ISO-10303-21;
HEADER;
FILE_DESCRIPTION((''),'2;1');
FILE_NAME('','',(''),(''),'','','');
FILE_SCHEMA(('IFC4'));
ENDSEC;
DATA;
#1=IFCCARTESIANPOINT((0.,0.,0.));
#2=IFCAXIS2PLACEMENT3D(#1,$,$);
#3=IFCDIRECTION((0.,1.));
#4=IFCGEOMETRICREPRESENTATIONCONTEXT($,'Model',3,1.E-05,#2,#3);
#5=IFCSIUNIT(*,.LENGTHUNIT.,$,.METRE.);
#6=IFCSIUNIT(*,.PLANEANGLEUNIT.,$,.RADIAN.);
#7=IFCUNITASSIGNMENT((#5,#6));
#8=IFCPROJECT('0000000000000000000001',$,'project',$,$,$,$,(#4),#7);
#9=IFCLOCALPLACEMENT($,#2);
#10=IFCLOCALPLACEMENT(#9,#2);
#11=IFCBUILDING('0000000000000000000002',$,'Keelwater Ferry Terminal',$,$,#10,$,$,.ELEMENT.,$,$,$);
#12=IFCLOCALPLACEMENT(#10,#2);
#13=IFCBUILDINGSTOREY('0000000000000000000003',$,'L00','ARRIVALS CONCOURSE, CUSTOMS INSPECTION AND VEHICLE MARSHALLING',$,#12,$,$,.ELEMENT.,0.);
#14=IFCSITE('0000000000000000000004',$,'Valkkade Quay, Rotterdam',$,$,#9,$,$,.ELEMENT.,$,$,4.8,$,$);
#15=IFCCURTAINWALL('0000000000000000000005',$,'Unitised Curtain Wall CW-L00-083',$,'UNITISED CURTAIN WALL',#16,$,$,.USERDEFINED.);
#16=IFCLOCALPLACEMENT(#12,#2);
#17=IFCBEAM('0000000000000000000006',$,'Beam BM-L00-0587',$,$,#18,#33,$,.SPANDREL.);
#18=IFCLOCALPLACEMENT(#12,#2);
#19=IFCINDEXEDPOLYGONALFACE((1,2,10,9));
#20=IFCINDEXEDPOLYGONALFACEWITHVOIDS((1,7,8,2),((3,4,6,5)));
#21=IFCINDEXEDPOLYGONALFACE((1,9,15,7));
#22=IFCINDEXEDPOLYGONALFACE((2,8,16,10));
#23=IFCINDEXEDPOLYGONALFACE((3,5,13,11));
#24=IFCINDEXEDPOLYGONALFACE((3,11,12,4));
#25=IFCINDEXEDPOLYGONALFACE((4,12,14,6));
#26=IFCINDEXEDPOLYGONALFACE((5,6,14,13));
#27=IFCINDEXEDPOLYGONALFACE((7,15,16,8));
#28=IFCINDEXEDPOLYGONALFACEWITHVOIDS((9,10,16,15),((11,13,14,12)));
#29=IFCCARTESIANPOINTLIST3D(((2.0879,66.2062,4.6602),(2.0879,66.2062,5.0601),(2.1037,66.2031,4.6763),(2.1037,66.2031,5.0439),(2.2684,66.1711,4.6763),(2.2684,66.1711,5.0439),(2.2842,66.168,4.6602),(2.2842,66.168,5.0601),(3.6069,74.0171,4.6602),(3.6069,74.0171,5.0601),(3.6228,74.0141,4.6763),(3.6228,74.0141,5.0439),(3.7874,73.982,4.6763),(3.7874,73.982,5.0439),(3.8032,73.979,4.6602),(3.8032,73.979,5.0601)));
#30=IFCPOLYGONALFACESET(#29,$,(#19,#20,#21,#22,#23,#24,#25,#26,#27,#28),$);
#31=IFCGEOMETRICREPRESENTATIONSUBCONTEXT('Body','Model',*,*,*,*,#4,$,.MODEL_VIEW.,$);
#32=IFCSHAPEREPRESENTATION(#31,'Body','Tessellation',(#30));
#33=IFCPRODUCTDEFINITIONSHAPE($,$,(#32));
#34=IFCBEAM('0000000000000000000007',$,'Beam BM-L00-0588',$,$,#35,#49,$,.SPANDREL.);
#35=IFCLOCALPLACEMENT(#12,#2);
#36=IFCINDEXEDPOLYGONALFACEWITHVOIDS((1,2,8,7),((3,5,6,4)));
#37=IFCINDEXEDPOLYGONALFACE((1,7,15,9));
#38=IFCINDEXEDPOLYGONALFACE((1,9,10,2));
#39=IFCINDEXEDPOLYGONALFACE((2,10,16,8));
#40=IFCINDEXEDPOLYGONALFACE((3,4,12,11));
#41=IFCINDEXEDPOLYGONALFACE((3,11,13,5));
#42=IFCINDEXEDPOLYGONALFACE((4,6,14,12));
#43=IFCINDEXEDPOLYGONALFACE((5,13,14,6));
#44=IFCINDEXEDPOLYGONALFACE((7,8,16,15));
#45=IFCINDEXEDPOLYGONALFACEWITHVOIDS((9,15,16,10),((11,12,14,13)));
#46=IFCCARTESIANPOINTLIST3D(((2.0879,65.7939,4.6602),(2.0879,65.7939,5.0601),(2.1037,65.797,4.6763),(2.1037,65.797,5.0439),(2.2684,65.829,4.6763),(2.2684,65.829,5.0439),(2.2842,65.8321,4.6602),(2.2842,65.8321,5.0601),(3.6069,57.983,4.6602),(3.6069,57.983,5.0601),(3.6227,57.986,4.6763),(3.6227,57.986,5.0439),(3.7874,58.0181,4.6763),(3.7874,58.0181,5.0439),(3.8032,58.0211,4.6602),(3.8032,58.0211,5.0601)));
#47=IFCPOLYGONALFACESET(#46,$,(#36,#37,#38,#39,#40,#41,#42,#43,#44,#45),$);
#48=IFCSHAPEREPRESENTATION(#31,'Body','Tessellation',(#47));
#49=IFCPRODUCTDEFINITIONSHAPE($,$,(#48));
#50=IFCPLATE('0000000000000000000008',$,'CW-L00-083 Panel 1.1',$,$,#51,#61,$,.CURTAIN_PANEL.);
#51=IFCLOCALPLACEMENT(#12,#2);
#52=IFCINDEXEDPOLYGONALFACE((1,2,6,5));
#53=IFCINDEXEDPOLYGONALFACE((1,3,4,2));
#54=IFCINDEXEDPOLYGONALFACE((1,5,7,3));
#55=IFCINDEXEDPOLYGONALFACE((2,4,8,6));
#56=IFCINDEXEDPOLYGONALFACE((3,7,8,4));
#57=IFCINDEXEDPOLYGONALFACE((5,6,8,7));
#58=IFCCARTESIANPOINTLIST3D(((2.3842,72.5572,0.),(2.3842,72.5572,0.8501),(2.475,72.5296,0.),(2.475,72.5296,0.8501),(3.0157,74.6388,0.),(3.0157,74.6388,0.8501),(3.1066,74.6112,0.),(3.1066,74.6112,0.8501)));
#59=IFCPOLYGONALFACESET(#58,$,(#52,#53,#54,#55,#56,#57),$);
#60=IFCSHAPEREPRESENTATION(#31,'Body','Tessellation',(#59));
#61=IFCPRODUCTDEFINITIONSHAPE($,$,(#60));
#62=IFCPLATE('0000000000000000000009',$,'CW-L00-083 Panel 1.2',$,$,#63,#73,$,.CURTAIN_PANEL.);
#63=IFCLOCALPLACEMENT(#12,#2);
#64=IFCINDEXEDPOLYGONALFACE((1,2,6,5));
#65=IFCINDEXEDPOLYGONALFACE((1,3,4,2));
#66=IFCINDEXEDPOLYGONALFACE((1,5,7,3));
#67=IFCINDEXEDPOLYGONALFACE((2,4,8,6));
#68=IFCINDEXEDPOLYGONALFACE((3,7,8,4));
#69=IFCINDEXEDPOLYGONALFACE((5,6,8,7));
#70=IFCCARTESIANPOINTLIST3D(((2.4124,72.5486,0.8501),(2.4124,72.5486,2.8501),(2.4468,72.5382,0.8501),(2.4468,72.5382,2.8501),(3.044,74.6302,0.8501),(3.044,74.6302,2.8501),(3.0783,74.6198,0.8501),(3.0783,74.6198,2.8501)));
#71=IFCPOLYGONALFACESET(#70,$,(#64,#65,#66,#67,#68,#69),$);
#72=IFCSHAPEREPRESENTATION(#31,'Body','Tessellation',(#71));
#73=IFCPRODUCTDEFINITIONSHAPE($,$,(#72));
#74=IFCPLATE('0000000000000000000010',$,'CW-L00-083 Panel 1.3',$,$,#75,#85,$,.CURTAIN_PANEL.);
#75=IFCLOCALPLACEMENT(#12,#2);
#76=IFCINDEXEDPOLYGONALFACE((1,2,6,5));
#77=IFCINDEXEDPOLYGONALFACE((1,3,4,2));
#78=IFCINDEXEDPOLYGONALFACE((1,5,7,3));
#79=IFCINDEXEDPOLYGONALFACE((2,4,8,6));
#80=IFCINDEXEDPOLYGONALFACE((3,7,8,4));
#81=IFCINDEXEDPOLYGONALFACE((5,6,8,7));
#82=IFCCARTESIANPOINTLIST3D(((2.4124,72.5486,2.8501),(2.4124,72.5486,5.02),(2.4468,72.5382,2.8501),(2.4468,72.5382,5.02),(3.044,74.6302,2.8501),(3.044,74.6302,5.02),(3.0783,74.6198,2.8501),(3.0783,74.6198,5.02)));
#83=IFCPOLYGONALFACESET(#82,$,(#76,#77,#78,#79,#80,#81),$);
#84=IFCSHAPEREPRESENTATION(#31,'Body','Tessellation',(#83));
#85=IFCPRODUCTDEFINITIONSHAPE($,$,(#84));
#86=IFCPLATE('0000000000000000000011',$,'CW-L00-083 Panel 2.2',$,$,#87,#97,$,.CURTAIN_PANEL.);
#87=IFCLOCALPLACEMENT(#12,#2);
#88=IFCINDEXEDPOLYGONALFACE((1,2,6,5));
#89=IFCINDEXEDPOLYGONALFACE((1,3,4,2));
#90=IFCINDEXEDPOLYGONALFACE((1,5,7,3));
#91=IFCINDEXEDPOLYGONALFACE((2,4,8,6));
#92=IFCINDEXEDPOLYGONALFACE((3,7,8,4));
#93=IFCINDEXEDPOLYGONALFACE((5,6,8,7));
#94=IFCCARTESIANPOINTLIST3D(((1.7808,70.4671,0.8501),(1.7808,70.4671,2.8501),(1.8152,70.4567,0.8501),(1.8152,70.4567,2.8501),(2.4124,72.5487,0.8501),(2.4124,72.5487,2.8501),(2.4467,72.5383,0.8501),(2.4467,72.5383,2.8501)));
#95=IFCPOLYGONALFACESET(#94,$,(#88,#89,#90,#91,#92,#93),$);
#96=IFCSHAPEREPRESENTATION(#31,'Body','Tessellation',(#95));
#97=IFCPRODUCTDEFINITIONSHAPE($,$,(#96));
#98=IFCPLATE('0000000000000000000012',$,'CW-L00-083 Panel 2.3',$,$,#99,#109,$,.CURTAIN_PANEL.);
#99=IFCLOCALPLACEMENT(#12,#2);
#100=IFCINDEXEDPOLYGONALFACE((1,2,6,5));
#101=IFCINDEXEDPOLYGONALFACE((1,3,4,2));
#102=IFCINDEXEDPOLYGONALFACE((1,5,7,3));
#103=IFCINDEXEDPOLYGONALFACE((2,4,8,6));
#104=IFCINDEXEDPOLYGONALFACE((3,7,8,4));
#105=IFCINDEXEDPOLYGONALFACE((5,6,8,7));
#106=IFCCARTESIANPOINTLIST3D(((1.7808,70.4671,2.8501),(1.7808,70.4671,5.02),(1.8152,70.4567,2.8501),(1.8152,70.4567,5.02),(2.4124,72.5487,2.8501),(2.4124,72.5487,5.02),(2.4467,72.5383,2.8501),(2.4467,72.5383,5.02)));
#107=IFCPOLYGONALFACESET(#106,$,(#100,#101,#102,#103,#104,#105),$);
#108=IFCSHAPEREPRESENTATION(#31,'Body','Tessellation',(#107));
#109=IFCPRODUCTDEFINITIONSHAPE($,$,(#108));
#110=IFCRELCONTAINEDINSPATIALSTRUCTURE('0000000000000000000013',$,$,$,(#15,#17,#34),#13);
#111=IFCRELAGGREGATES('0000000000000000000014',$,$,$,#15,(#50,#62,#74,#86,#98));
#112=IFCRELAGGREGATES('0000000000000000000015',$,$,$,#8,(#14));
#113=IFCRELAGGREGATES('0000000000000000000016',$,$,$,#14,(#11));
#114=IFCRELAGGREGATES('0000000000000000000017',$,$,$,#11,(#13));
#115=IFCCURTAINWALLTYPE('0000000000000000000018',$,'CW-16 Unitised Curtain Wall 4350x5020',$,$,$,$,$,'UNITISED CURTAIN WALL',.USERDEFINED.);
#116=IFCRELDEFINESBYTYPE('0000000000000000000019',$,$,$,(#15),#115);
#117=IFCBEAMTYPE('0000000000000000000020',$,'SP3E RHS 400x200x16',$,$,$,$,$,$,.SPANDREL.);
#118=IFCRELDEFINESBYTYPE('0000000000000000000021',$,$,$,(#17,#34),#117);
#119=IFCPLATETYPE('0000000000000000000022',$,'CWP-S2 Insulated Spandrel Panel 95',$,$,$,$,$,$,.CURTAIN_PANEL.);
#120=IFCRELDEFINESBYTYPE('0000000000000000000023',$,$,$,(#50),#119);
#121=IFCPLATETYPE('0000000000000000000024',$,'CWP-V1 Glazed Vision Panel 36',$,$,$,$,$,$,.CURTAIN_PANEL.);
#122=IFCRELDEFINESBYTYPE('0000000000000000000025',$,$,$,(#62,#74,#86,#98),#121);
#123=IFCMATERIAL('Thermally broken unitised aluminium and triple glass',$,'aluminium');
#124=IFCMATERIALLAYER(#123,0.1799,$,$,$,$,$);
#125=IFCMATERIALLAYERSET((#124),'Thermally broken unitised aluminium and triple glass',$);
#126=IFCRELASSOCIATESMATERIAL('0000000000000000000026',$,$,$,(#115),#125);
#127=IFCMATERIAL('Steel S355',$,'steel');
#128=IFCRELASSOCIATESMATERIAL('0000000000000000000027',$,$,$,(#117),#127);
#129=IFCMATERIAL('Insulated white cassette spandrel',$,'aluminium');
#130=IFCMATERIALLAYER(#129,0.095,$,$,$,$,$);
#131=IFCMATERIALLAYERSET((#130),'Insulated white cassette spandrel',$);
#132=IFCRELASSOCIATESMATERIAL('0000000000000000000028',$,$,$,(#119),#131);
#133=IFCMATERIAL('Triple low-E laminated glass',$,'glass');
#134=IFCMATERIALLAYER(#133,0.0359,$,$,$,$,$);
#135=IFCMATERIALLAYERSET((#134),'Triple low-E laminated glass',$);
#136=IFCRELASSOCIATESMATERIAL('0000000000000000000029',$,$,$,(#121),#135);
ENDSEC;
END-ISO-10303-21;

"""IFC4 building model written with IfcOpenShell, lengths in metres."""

from ifc_helpers import new_model, si_unit, direction, frame, origin, origin_2d, place, context, subcontext, project, spatial, rectangle, hollow_rectangle, extrude, material, layer, layer_set, material_profile, profile_set, type_object, element, aggregate, save


model = new_model("IFC4")

# Units and contexts
model_context = context("Model", 3, precision=1e-05, world=origin(), true_north=direction((0.0, 1.0)))
body_context = subcontext(model_context, "Body", "Model", "MODEL_VIEW")
ifc_project = project(units=[si_unit("LENGTHUNIT", "METRE"), si_unit("PLANEANGLEUNIT", "RADIAN")], contexts=[model_context])

# Site, building, storey
site_placement = place(None, origin())
site = spatial("IfcSite", under=ifc_project, at=site_placement, Name="Valkkade Quay, Rotterdam", CompositionType="ELEMENT", RefElevation=4.8)
building_placement = place(site_placement, origin())
building = spatial("IfcBuilding", under=site, at=building_placement, Name="Keelwater Ferry Terminal", CompositionType="ELEMENT")
storey_placement = place(building_placement, origin())
storey = spatial("IfcBuildingStorey", under=building, at=storey_placement, Name="L00", Description="ARRIVALS CONCOURSE, CUSTOMS INSPECTION AND VEHICLE MARSHALLING", CompositionType="ELEMENT", Elevation=0.0)

# Curtain wall
ifc_material_1 = material(Name="Thermally broken unitised aluminium and triple glass", Category="aluminium")
ifc_layer_1 = layer(ifc_material_1, 0.1799)
ifc_layer_set_1 = layer_set([ifc_layer_1], Name="Thermally broken unitised aluminium and triple glass")
curtain_wall_type = type_object("IfcCurtainWallType", Name="CW-16 Unitised Curtain Wall 4350x5020", ElementType="UNITISED CURTAIN WALL", PredefinedType="USERDEFINED", material=ifc_layer_set_1)
curtain_wall_placement = place(storey_placement, origin())
curtain_wall = element("IfcCurtainWall", 1, at=curtain_wall_placement, inside=storey, type_object=curtain_wall_type, Name="Unitised Curtain Wall CW-L00-083", ObjectType="UNITISED CURTAIN WALL", PredefinedType="USERDEFINED")

# Beams
ifc_material_2 = material(Name="Steel S355", Category="steel")
ifc_material_profile_1 = material_profile(ifc_material_2, hollow_rectangle(XDim=0.2, YDim=0.3999, WallThickness=0.0161, at=origin_2d()), Name="RHS 400x200x16")
ifc_profile_set_1 = profile_set([ifc_material_profile_1], Name="Steel S355")
beam_type_1 = type_object("IfcBeamType", Name="SP3E RHS 400x200x16", PredefinedType="SPANDREL", material=ifc_profile_set_1)
for number, where, z_axis, x_axis, name in (
    (2, (3.7051, 73.998, 4.8601), (-0.190898, -0.98161, 0.0), (0.98161, -0.190898, 0.0), "Beam BM-L00-0587"),
    (3, (2.186, 65.813, 4.8601), (0.190898, -0.98161, 0.0), (0.98161, 0.190898, 0.0), "Beam BM-L00-0588"),
):
    element("IfcBeam", number, at=place(storey_placement, frame(where, z_axis=z_axis, x_axis=x_axis)), inside=storey, type_object=beam_type_1, Name=name, PredefinedType="SPANDREL", context=body_context, shape_type="SweptSolid", body=[
        extrude(hollow_rectangle(XDim=0.2, YDim=0.3999, WallThickness=0.0161, at=origin_2d()), origin(), (0.0, 0.0, 1.0), 7.9573),
    ])

# Plates
ifc_material_3 = material(Name="Insulated white cassette spandrel", Category="aluminium")
ifc_layer_2 = layer(ifc_material_3, 0.095)
ifc_layer_set_2 = layer_set([ifc_layer_2], Name="Insulated white cassette spandrel")
plate_type_1 = type_object("IfcPlateType", Name="CWP-S2 Insulated Spandrel Panel 95", PredefinedType="CURTAIN_PANEL", material=ifc_layer_set_2)
plate_1_placement = place(storey_placement, frame((2.7454, 73.5842, 0.0), z_axis=(0.0, 0.0, 1.0), x_axis=(-0.29032, -0.95693, 0.0)))
plate_1 = element("IfcPlate", 4, at=plate_1_placement, type_object=plate_type_1, Name="CW-L00-083 Panel 1.1", PredefinedType="CURTAIN_PANEL", context=body_context, shape_type="SweptSolid", body=[
    extrude(rectangle(XDim=2.1753, YDim=0.095, at=origin_2d()), origin(), (0.0, 0.0, 1.0), 0.8501),
])
ifc_material_4 = material(Name="Triple low-E laminated glass", Category="glass")
ifc_layer_3 = layer(ifc_material_4, 0.0359)
ifc_layer_set_3 = layer_set([ifc_layer_3], Name="Triple low-E laminated glass")
plate_type_2 = type_object("IfcPlateType", Name="CWP-V1 Glazed Vision Panel 36", PredefinedType="CURTAIN_PANEL", material=ifc_layer_set_3)
plate_2_placement = place(storey_placement, frame((2.7454, 73.5842, 0.8501), z_axis=(0.0, 0.0, 1.0), x_axis=(-0.29032, -0.95693, 0.0)))
plate_2 = element("IfcPlate", 5, at=plate_2_placement, type_object=plate_type_2, Name="CW-L00-083 Panel 1.2", PredefinedType="CURTAIN_PANEL", context=body_context, shape_type="SweptSolid", body=[
    extrude(rectangle(XDim=2.1753, YDim=0.0359, at=origin_2d()), origin(), (0.0, 0.0, 1.0), 2.0),
])
plate_3_placement = place(storey_placement, frame((2.7454, 73.5842, 2.8501), z_axis=(0.0, 0.0, 1.0), x_axis=(-0.29032, -0.95693, 0.0)))
plate_3 = element("IfcPlate", 6, at=plate_3_placement, type_object=plate_type_2, Name="CW-L00-083 Panel 1.3", PredefinedType="CURTAIN_PANEL", context=body_context, shape_type="SweptSolid", body=[
    extrude(rectangle(XDim=2.1753, YDim=0.0359, at=origin_2d()), origin(), (0.0, 0.0, 1.0), 2.1699),
])
plate_4_placement = place(storey_placement, frame((2.1138, 71.5027, 0.8501), z_axis=(0.0, 0.0, 1.0), x_axis=(-0.29032, -0.95693, 0.0)))
plate_4 = element("IfcPlate", 7, at=plate_4_placement, type_object=plate_type_2, Name="CW-L00-083 Panel 2.2", PredefinedType="CURTAIN_PANEL", context=body_context, shape_type="SweptSolid", body=[
    extrude(rectangle(XDim=2.1753, YDim=0.0359, at=origin_2d()), origin(), (0.0, 0.0, 1.0), 2.0),
])
plate_5_placement = place(storey_placement, frame((2.1138, 71.5027, 2.8501), z_axis=(0.0, 0.0, 1.0), x_axis=(-0.29032, -0.95693, 0.0)))
plate_5 = element("IfcPlate", 8, at=plate_5_placement, type_object=plate_type_2, Name="CW-L00-083 Panel 2.3", PredefinedType="CURTAIN_PANEL", context=body_context, shape_type="SweptSolid", body=[
    extrude(rectangle(XDim=2.1753, YDim=0.0359, at=origin_2d()), origin(), (0.0, 0.0, 1.0), 2.1699),
])
aggregate(curtain_wall, [plate_1, plate_2, plate_3, plate_4, plate_5])

save(model, "model.ifc")
